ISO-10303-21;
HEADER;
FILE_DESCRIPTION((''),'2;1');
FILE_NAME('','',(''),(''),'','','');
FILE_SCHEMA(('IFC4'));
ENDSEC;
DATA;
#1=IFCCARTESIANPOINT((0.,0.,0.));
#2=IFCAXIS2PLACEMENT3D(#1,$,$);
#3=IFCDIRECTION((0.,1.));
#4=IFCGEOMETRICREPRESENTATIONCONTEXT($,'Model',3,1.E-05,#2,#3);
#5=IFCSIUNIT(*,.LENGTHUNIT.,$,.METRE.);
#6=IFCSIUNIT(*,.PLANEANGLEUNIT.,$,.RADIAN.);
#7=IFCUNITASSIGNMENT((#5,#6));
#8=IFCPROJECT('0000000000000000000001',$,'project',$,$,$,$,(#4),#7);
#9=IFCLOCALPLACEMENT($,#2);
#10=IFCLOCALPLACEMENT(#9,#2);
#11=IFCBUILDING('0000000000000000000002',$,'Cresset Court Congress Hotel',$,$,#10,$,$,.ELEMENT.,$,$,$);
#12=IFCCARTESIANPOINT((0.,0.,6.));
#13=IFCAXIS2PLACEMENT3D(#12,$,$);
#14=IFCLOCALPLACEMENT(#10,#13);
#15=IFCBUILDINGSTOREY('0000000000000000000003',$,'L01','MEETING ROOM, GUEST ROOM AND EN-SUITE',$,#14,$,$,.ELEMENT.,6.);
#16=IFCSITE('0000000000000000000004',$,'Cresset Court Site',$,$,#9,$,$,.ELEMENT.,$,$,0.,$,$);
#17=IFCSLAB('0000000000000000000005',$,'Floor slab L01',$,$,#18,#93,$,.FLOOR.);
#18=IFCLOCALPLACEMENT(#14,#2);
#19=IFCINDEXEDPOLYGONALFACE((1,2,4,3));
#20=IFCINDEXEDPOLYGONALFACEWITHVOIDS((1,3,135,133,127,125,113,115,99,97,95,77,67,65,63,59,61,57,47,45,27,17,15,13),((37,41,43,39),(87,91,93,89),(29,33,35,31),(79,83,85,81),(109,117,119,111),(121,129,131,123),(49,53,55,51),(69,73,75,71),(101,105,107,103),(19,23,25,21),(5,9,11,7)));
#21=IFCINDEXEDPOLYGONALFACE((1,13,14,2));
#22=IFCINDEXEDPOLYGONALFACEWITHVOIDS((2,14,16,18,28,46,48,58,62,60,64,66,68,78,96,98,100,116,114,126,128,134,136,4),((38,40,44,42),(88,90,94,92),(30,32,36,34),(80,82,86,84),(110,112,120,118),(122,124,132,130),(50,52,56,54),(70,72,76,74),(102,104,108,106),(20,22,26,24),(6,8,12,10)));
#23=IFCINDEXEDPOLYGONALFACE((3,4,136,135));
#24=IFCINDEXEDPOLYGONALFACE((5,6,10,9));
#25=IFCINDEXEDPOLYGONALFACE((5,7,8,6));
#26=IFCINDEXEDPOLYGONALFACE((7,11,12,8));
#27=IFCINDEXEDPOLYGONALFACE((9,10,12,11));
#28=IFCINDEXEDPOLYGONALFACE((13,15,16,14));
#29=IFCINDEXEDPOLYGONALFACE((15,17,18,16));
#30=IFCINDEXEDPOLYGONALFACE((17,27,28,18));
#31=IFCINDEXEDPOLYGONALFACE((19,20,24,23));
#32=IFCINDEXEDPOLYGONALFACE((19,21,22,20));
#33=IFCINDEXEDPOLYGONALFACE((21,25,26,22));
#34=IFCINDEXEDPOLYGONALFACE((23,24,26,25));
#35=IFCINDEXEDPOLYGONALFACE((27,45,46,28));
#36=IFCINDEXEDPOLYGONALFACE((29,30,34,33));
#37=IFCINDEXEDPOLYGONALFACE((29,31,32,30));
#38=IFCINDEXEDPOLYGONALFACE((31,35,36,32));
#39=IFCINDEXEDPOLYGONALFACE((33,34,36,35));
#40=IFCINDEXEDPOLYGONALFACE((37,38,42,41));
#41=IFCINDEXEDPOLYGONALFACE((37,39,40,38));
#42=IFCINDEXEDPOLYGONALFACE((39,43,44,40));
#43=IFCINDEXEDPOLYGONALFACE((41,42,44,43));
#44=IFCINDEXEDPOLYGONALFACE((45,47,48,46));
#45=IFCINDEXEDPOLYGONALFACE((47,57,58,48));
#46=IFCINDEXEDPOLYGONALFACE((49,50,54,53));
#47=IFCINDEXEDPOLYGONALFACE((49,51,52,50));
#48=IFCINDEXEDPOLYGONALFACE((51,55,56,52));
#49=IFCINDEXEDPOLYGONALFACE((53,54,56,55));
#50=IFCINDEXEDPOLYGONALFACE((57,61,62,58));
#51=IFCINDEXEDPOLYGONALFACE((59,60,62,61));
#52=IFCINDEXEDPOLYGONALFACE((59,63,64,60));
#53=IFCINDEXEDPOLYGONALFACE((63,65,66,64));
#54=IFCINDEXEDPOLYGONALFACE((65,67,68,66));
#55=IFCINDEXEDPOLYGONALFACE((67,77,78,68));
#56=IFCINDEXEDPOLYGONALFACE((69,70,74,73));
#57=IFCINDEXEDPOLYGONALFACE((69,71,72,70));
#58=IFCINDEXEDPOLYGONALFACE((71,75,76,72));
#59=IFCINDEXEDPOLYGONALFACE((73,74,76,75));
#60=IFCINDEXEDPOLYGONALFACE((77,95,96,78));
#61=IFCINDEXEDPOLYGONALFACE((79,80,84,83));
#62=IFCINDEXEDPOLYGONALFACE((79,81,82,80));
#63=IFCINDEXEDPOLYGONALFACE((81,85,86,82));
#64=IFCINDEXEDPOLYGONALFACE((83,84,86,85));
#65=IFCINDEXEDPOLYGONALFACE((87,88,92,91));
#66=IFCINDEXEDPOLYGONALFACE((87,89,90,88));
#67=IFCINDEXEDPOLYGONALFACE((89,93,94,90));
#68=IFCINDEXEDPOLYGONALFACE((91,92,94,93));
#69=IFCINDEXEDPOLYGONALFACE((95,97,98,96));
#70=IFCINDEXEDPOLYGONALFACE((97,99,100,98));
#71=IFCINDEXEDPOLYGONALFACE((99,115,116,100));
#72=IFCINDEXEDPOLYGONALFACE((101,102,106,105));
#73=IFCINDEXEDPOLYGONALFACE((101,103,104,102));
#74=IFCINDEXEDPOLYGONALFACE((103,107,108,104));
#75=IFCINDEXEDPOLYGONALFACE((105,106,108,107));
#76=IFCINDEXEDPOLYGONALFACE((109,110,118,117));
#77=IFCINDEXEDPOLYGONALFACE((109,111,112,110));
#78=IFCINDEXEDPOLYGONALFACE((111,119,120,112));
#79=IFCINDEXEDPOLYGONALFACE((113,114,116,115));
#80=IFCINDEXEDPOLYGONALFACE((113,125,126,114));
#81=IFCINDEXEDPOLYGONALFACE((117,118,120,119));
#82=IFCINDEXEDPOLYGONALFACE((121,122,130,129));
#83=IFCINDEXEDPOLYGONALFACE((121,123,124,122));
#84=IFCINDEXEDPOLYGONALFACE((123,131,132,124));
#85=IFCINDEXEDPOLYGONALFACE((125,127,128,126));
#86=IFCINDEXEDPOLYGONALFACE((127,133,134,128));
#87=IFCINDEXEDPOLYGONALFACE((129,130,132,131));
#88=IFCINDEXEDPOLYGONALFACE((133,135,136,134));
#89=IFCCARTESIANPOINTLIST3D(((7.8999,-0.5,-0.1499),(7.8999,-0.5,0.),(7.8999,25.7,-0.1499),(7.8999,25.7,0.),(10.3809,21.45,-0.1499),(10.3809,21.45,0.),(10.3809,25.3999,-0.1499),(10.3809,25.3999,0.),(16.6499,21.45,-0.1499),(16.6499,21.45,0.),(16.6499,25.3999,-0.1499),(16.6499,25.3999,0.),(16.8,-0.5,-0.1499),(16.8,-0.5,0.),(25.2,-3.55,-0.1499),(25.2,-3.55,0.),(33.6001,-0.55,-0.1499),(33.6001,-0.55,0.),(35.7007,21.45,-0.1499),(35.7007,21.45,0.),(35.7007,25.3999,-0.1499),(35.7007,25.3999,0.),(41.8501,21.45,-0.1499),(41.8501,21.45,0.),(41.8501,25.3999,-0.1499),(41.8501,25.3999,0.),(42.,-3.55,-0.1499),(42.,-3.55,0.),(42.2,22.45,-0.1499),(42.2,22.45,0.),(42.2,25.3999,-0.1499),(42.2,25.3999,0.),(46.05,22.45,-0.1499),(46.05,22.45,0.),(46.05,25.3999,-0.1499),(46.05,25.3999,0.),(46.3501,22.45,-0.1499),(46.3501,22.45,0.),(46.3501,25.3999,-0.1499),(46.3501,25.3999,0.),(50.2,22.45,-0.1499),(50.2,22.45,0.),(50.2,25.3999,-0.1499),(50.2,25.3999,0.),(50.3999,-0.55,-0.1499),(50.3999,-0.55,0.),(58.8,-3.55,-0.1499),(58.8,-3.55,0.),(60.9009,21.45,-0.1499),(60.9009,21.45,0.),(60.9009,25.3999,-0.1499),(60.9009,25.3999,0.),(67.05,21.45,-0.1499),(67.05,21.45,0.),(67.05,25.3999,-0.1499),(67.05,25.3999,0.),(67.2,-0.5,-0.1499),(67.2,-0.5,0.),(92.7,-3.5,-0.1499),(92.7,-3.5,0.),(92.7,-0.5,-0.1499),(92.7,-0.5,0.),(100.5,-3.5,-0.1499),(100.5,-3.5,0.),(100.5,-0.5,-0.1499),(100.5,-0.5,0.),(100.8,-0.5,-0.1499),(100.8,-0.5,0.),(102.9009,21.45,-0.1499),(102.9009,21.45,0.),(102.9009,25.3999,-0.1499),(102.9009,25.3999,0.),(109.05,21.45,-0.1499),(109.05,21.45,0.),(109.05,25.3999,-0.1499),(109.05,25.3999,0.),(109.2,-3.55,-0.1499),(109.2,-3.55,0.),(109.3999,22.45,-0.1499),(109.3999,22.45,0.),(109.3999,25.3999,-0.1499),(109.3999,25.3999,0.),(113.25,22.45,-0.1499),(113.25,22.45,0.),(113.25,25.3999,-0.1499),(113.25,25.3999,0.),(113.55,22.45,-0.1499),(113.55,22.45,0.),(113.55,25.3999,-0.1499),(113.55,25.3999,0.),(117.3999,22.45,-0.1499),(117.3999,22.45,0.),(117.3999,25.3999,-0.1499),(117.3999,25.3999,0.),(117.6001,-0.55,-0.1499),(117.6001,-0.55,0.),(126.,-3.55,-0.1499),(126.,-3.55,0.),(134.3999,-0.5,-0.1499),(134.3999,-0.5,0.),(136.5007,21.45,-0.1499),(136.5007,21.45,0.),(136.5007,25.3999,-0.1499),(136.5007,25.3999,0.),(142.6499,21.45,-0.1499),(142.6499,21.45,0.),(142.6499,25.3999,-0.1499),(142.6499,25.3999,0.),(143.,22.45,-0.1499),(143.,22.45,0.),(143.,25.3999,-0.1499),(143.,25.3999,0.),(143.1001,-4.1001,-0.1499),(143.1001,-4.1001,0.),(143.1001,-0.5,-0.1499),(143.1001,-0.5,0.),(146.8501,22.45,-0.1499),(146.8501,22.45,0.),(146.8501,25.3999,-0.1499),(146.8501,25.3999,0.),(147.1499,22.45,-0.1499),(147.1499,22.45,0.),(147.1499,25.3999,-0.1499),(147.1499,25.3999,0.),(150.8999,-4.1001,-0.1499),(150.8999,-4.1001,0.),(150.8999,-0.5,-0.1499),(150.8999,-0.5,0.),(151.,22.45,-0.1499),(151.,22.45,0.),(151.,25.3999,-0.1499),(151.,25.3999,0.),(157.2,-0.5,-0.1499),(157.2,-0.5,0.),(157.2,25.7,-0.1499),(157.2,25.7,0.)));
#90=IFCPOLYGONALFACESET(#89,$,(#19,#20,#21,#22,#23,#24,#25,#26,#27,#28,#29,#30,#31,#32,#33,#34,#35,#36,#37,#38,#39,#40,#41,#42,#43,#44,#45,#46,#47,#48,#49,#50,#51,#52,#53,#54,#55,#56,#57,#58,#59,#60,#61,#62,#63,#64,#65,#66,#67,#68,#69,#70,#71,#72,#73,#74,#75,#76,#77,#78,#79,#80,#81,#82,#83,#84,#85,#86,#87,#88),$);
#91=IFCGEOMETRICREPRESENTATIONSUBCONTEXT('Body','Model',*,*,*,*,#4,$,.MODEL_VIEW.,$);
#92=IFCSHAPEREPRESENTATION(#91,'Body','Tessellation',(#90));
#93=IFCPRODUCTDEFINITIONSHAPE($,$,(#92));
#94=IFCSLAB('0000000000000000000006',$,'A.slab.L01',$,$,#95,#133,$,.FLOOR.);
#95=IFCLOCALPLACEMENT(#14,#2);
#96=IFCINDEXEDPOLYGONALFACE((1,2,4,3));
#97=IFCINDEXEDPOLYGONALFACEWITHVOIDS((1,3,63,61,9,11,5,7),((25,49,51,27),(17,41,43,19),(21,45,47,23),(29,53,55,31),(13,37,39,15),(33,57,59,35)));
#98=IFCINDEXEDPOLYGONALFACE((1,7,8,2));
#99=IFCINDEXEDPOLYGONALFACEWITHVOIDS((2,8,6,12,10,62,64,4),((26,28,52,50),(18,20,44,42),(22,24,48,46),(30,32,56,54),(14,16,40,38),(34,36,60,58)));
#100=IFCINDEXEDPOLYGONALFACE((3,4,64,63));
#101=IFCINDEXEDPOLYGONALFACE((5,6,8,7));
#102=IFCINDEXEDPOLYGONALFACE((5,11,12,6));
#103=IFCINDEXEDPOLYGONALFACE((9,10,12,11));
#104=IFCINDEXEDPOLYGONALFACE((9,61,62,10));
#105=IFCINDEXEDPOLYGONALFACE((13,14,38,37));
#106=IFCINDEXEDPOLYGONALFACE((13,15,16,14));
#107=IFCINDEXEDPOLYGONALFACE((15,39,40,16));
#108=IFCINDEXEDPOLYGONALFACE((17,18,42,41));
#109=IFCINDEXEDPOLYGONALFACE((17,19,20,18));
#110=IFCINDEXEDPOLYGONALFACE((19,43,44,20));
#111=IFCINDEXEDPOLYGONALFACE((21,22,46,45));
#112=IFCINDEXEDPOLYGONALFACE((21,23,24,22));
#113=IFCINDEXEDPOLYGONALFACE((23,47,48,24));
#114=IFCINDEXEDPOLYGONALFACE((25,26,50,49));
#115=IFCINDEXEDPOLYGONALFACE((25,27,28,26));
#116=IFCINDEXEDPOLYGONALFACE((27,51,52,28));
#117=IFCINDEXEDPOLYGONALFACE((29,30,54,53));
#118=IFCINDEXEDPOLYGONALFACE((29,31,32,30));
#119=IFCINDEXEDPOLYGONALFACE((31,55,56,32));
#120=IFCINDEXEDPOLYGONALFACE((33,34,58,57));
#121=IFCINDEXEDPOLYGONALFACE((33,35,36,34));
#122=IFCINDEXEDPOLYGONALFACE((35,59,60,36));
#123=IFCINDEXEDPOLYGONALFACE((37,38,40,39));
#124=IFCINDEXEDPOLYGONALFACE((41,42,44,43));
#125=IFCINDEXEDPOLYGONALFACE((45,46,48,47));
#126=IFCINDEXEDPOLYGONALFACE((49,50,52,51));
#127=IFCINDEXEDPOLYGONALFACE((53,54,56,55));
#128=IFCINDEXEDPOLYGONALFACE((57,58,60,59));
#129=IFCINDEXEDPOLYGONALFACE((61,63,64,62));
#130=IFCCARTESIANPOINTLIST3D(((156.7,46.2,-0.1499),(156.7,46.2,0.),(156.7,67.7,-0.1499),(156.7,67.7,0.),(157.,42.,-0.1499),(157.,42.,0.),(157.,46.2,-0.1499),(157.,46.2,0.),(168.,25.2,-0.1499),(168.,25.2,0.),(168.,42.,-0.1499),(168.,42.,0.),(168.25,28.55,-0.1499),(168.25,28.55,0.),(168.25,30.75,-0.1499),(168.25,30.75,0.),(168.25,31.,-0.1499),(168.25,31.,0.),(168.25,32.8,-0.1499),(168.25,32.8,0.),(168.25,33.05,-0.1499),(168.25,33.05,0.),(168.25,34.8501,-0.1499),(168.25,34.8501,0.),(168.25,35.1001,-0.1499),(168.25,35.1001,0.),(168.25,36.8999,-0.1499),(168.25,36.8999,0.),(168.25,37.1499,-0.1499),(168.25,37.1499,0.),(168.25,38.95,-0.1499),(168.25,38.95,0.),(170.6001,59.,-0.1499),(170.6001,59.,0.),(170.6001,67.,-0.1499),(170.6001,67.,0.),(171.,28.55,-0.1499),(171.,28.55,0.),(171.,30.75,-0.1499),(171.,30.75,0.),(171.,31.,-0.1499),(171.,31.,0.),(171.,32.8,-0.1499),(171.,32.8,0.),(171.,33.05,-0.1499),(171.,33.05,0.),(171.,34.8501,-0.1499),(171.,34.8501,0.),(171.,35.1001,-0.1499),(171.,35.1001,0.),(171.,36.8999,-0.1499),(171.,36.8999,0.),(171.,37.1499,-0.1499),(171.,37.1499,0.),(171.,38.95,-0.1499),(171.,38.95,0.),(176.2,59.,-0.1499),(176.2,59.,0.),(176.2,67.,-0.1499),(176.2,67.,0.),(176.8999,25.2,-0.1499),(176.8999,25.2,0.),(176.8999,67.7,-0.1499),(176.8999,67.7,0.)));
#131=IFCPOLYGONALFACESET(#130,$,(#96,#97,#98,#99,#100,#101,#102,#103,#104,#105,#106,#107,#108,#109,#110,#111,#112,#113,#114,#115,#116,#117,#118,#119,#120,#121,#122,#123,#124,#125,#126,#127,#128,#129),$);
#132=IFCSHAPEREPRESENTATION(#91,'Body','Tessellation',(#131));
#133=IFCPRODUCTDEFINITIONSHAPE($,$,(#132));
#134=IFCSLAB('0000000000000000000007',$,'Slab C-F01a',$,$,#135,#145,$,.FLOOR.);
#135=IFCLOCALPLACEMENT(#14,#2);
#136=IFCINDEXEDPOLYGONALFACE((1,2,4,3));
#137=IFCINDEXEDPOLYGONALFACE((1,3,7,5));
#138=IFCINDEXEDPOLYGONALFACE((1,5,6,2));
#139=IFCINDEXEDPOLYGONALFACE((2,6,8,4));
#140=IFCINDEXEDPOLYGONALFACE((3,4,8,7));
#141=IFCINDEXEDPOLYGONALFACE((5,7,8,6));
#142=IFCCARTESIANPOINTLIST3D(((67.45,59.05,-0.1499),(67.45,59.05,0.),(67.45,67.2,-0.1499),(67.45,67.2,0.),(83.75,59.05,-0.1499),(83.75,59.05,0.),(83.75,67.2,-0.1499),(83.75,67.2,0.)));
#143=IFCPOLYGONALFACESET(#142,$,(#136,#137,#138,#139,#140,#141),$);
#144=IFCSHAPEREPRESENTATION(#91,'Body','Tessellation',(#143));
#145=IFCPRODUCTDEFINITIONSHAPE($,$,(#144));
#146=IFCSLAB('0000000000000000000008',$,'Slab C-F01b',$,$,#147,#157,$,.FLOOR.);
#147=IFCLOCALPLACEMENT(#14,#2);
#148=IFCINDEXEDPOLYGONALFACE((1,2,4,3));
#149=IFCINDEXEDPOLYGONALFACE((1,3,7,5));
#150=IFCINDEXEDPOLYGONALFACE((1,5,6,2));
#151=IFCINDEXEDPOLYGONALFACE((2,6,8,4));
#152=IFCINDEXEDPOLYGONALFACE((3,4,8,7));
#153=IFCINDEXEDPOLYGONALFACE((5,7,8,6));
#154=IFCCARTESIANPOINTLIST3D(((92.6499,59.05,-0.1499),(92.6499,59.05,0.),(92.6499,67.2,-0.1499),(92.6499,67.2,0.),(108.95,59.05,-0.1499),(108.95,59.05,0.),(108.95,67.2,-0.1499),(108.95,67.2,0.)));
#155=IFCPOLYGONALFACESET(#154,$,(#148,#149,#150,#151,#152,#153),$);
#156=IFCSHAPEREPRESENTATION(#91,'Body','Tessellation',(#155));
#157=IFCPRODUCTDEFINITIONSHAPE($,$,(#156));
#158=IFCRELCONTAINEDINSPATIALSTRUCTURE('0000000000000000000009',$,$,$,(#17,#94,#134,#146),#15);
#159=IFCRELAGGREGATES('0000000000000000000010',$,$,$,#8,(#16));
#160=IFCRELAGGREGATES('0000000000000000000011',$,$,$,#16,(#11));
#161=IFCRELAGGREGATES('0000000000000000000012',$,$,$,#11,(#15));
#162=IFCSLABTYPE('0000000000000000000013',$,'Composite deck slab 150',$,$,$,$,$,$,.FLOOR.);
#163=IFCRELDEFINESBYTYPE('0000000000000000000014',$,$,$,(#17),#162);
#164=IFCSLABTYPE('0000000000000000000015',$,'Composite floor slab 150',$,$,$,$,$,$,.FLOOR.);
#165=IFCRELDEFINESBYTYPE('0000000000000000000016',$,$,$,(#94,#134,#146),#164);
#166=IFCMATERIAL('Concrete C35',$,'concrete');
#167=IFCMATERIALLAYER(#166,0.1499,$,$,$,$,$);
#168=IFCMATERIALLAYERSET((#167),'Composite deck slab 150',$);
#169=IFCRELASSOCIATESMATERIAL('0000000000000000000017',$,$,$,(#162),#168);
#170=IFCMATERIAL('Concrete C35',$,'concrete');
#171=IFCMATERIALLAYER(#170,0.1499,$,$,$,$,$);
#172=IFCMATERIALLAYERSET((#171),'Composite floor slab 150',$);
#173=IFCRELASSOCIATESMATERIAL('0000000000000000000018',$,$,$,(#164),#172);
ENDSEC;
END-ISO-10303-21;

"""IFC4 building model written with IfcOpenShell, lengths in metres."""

from ifc_helpers import new_model, si_unit, direction, frame, origin, place, context, subcontext, project, spatial, polyline, outline, extrude, material, layer, layer_set, type_object, element, save


model = new_model("IFC4")

# Units and contexts
model_context = context("Model", 3, precision=1e-05, world=origin(), true_north=direction((0.0, 1.0)))
body_context = subcontext(model_context, "Body", "Model", "MODEL_VIEW")
ifc_project = project(units=[si_unit("LENGTHUNIT", "METRE"), si_unit("PLANEANGLEUNIT", "RADIAN")], contexts=[model_context])

# Site, building, storey
site_placement = place(None, origin())
site = spatial("IfcSite", under=ifc_project, at=site_placement, Name="Cresset Court Site", CompositionType="ELEMENT", RefElevation=0.0)
building_placement = place(site_placement, origin())
building = spatial("IfcBuilding", under=site, at=building_placement, Name="Cresset Court Congress Hotel", CompositionType="ELEMENT")
storey_placement = place(building_placement, frame((0.0, 0.0, 6.0)))
storey = spatial("IfcBuildingStorey", under=building, at=storey_placement, Name="L01", Description="MEETING ROOM, GUEST ROOM AND EN-SUITE", CompositionType="ELEMENT", Elevation=6.0)

# Slabs
ifc_material_1 = material(Name="Concrete C35", Category="concrete")
ifc_layer_1 = layer(ifc_material_1, 0.1499)
ifc_layer_set_1 = layer_set([ifc_layer_1], Name="Composite deck slab 150")
slab_type_1 = type_object("IfcSlabType", Name="Composite deck slab 150", PredefinedType="FLOOR", material=ifc_layer_set_1)
slab_1_placement = place(storey_placement, frame((0.0, 0.0, -0.1499)))
element("IfcSlab", 1, at=slab_1_placement, inside=storey, type_object=slab_type_1, Name="Floor slab L01", PredefinedType="FLOOR", context=body_context, shape_type="SweptSolid", body=[
    extrude(outline(polyline([(143.1001, -0.5), (134.3999, -0.5), (126.0, -3.55), (117.6001, -0.55), (109.2, -3.55), (100.8, -0.5), (100.5, -0.5), (100.5, -3.5), (92.7, -3.5), (92.7, -0.5), (67.2, -0.5), (58.8, -3.55), (50.3999, -0.55), (42.0, -3.55), (33.6001, -0.55), (25.2, -3.55), (16.8, -0.5), (7.8999, -0.5), (7.8999, 25.7), (157.2, 25.7), (157.2, -0.5), (150.8999, -0.5), (150.8999, -4.1001), (143.1001, -4.1001), (143.1001, -0.5)]), holes=[polyline([(10.3809, 21.45), (16.6499, 21.45), (16.6499, 25.3999), (10.3809, 25.3999), (10.3809, 21.45)]), polyline([(35.7007, 21.45), (41.8501, 21.45), (41.8501, 25.3999), (35.7007, 25.3999), (35.7007, 21.45)]), polyline([(60.9009, 21.45), (67.05, 21.45), (67.05, 25.3999), (60.9009, 25.3999), (60.9009, 21.45)]), polyline([(102.9009, 21.45), (109.05, 21.45), (109.05, 25.3999), (102.9009, 25.3999), (102.9009, 21.45)]), polyline([(136.5007, 21.45), (142.6499, 21.45), (142.6499, 25.3999), (136.5007, 25.3999), (136.5007, 21.45)]), polyline([(42.2, 22.45), (46.05, 22.45), (46.05, 25.3999), (42.2, 25.3999), (42.2, 22.45)]), polyline([(46.3501, 22.45), (50.2, 22.45), (50.2, 25.3999), (46.3501, 25.3999), (46.3501, 22.45)]), polyline([(109.3999, 22.45), (113.25, 22.45), (113.25, 25.3999), (109.3999, 25.3999), (109.3999, 22.45)]), polyline([(113.55, 22.45), (117.3999, 22.45), (117.3999, 25.3999), (113.55, 25.3999), (113.55, 22.45)]), polyline([(143.0, 22.45), (146.8501, 22.45), (146.8501, 25.3999), (143.0, 25.3999), (143.0, 22.45)]), polyline([(147.1499, 22.45), (151.0, 22.45), (151.0, 25.3999), (147.1499, 25.3999), (147.1499, 22.45)])]), origin(), (0.0, 0.0, 1.0), 0.1499),
])
ifc_material_2 = material(Name="Concrete C35", Category="concrete")
ifc_layer_2 = layer(ifc_material_2, 0.1499)
ifc_layer_set_2 = layer_set([ifc_layer_2], Name="Composite floor slab 150")
slab_type_2 = type_object("IfcSlabType", Name="Composite floor slab 150", PredefinedType="FLOOR", material=ifc_layer_set_2)
slab_2_placement = place(storey_placement, frame((0.0, 0.0, -0.1499)))
element("IfcSlab", 2, at=slab_2_placement, inside=storey, type_object=slab_type_2, Name="A.slab.L01", PredefinedType="FLOOR", context=body_context, shape_type="SweptSolid", body=[
    extrude(outline(polyline([(157.0, 42.0), (168.0, 42.0), (168.0, 25.2), (176.8999, 25.2), (176.8999, 67.7), (156.7, 67.7), (156.7, 46.2), (157.0, 46.2), (157.0, 42.0)]), holes=[polyline([(170.6001, 59.0), (176.2, 59.0), (176.2, 67.0), (170.6001, 67.0), (170.6001, 59.0)]), polyline([(168.25, 28.55), (171.0, 28.55), (171.0, 30.75), (168.25, 30.75), (168.25, 28.55)]), polyline([(168.25, 31.0), (171.0, 31.0), (171.0, 32.8), (168.25, 32.8), (168.25, 31.0)]), polyline([(168.25, 33.05), (171.0, 33.05), (171.0, 34.8501), (168.25, 34.8501), (168.25, 33.05)]), polyline([(168.25, 35.1001), (171.0, 35.1001), (171.0, 36.8999), (168.25, 36.8999), (168.25, 35.1001)]), polyline([(168.25, 37.1499), (171.0, 37.1499), (171.0, 38.95), (168.25, 38.95), (168.25, 37.1499)])]), origin(), (0.0, 0.0, 1.0), 0.1499),
])
slab_3_placement = place(storey_placement, frame((0.0, 0.0, -0.1499)))
element("IfcSlab", 3, at=slab_3_placement, inside=storey, type_object=slab_type_2, Name="Slab C-F01a", PredefinedType="FLOOR", context=body_context, shape_type="SweptSolid", body=[
    extrude(outline(polyline([(67.45, 59.05), (67.45, 67.2), (83.75, 67.2), (83.75, 59.05), (67.45, 59.05)])), origin(), (0.0, 0.0, 1.0), 0.1499),
])
slab_4_placement = place(storey_placement, frame((0.0, 0.0, -0.1499)))
element("IfcSlab", 4, at=slab_4_placement, inside=storey, type_object=slab_type_2, Name="Slab C-F01b", PredefinedType="FLOOR", context=body_context, shape_type="SweptSolid", body=[
    extrude(outline(polyline([(108.95, 59.05), (92.6499, 59.05), (92.6499, 67.2), (108.95, 67.2), (108.95, 59.05)])), origin(), (0.0, 0.0, 1.0), 0.1499),
])

save(model, "model.ifc")
